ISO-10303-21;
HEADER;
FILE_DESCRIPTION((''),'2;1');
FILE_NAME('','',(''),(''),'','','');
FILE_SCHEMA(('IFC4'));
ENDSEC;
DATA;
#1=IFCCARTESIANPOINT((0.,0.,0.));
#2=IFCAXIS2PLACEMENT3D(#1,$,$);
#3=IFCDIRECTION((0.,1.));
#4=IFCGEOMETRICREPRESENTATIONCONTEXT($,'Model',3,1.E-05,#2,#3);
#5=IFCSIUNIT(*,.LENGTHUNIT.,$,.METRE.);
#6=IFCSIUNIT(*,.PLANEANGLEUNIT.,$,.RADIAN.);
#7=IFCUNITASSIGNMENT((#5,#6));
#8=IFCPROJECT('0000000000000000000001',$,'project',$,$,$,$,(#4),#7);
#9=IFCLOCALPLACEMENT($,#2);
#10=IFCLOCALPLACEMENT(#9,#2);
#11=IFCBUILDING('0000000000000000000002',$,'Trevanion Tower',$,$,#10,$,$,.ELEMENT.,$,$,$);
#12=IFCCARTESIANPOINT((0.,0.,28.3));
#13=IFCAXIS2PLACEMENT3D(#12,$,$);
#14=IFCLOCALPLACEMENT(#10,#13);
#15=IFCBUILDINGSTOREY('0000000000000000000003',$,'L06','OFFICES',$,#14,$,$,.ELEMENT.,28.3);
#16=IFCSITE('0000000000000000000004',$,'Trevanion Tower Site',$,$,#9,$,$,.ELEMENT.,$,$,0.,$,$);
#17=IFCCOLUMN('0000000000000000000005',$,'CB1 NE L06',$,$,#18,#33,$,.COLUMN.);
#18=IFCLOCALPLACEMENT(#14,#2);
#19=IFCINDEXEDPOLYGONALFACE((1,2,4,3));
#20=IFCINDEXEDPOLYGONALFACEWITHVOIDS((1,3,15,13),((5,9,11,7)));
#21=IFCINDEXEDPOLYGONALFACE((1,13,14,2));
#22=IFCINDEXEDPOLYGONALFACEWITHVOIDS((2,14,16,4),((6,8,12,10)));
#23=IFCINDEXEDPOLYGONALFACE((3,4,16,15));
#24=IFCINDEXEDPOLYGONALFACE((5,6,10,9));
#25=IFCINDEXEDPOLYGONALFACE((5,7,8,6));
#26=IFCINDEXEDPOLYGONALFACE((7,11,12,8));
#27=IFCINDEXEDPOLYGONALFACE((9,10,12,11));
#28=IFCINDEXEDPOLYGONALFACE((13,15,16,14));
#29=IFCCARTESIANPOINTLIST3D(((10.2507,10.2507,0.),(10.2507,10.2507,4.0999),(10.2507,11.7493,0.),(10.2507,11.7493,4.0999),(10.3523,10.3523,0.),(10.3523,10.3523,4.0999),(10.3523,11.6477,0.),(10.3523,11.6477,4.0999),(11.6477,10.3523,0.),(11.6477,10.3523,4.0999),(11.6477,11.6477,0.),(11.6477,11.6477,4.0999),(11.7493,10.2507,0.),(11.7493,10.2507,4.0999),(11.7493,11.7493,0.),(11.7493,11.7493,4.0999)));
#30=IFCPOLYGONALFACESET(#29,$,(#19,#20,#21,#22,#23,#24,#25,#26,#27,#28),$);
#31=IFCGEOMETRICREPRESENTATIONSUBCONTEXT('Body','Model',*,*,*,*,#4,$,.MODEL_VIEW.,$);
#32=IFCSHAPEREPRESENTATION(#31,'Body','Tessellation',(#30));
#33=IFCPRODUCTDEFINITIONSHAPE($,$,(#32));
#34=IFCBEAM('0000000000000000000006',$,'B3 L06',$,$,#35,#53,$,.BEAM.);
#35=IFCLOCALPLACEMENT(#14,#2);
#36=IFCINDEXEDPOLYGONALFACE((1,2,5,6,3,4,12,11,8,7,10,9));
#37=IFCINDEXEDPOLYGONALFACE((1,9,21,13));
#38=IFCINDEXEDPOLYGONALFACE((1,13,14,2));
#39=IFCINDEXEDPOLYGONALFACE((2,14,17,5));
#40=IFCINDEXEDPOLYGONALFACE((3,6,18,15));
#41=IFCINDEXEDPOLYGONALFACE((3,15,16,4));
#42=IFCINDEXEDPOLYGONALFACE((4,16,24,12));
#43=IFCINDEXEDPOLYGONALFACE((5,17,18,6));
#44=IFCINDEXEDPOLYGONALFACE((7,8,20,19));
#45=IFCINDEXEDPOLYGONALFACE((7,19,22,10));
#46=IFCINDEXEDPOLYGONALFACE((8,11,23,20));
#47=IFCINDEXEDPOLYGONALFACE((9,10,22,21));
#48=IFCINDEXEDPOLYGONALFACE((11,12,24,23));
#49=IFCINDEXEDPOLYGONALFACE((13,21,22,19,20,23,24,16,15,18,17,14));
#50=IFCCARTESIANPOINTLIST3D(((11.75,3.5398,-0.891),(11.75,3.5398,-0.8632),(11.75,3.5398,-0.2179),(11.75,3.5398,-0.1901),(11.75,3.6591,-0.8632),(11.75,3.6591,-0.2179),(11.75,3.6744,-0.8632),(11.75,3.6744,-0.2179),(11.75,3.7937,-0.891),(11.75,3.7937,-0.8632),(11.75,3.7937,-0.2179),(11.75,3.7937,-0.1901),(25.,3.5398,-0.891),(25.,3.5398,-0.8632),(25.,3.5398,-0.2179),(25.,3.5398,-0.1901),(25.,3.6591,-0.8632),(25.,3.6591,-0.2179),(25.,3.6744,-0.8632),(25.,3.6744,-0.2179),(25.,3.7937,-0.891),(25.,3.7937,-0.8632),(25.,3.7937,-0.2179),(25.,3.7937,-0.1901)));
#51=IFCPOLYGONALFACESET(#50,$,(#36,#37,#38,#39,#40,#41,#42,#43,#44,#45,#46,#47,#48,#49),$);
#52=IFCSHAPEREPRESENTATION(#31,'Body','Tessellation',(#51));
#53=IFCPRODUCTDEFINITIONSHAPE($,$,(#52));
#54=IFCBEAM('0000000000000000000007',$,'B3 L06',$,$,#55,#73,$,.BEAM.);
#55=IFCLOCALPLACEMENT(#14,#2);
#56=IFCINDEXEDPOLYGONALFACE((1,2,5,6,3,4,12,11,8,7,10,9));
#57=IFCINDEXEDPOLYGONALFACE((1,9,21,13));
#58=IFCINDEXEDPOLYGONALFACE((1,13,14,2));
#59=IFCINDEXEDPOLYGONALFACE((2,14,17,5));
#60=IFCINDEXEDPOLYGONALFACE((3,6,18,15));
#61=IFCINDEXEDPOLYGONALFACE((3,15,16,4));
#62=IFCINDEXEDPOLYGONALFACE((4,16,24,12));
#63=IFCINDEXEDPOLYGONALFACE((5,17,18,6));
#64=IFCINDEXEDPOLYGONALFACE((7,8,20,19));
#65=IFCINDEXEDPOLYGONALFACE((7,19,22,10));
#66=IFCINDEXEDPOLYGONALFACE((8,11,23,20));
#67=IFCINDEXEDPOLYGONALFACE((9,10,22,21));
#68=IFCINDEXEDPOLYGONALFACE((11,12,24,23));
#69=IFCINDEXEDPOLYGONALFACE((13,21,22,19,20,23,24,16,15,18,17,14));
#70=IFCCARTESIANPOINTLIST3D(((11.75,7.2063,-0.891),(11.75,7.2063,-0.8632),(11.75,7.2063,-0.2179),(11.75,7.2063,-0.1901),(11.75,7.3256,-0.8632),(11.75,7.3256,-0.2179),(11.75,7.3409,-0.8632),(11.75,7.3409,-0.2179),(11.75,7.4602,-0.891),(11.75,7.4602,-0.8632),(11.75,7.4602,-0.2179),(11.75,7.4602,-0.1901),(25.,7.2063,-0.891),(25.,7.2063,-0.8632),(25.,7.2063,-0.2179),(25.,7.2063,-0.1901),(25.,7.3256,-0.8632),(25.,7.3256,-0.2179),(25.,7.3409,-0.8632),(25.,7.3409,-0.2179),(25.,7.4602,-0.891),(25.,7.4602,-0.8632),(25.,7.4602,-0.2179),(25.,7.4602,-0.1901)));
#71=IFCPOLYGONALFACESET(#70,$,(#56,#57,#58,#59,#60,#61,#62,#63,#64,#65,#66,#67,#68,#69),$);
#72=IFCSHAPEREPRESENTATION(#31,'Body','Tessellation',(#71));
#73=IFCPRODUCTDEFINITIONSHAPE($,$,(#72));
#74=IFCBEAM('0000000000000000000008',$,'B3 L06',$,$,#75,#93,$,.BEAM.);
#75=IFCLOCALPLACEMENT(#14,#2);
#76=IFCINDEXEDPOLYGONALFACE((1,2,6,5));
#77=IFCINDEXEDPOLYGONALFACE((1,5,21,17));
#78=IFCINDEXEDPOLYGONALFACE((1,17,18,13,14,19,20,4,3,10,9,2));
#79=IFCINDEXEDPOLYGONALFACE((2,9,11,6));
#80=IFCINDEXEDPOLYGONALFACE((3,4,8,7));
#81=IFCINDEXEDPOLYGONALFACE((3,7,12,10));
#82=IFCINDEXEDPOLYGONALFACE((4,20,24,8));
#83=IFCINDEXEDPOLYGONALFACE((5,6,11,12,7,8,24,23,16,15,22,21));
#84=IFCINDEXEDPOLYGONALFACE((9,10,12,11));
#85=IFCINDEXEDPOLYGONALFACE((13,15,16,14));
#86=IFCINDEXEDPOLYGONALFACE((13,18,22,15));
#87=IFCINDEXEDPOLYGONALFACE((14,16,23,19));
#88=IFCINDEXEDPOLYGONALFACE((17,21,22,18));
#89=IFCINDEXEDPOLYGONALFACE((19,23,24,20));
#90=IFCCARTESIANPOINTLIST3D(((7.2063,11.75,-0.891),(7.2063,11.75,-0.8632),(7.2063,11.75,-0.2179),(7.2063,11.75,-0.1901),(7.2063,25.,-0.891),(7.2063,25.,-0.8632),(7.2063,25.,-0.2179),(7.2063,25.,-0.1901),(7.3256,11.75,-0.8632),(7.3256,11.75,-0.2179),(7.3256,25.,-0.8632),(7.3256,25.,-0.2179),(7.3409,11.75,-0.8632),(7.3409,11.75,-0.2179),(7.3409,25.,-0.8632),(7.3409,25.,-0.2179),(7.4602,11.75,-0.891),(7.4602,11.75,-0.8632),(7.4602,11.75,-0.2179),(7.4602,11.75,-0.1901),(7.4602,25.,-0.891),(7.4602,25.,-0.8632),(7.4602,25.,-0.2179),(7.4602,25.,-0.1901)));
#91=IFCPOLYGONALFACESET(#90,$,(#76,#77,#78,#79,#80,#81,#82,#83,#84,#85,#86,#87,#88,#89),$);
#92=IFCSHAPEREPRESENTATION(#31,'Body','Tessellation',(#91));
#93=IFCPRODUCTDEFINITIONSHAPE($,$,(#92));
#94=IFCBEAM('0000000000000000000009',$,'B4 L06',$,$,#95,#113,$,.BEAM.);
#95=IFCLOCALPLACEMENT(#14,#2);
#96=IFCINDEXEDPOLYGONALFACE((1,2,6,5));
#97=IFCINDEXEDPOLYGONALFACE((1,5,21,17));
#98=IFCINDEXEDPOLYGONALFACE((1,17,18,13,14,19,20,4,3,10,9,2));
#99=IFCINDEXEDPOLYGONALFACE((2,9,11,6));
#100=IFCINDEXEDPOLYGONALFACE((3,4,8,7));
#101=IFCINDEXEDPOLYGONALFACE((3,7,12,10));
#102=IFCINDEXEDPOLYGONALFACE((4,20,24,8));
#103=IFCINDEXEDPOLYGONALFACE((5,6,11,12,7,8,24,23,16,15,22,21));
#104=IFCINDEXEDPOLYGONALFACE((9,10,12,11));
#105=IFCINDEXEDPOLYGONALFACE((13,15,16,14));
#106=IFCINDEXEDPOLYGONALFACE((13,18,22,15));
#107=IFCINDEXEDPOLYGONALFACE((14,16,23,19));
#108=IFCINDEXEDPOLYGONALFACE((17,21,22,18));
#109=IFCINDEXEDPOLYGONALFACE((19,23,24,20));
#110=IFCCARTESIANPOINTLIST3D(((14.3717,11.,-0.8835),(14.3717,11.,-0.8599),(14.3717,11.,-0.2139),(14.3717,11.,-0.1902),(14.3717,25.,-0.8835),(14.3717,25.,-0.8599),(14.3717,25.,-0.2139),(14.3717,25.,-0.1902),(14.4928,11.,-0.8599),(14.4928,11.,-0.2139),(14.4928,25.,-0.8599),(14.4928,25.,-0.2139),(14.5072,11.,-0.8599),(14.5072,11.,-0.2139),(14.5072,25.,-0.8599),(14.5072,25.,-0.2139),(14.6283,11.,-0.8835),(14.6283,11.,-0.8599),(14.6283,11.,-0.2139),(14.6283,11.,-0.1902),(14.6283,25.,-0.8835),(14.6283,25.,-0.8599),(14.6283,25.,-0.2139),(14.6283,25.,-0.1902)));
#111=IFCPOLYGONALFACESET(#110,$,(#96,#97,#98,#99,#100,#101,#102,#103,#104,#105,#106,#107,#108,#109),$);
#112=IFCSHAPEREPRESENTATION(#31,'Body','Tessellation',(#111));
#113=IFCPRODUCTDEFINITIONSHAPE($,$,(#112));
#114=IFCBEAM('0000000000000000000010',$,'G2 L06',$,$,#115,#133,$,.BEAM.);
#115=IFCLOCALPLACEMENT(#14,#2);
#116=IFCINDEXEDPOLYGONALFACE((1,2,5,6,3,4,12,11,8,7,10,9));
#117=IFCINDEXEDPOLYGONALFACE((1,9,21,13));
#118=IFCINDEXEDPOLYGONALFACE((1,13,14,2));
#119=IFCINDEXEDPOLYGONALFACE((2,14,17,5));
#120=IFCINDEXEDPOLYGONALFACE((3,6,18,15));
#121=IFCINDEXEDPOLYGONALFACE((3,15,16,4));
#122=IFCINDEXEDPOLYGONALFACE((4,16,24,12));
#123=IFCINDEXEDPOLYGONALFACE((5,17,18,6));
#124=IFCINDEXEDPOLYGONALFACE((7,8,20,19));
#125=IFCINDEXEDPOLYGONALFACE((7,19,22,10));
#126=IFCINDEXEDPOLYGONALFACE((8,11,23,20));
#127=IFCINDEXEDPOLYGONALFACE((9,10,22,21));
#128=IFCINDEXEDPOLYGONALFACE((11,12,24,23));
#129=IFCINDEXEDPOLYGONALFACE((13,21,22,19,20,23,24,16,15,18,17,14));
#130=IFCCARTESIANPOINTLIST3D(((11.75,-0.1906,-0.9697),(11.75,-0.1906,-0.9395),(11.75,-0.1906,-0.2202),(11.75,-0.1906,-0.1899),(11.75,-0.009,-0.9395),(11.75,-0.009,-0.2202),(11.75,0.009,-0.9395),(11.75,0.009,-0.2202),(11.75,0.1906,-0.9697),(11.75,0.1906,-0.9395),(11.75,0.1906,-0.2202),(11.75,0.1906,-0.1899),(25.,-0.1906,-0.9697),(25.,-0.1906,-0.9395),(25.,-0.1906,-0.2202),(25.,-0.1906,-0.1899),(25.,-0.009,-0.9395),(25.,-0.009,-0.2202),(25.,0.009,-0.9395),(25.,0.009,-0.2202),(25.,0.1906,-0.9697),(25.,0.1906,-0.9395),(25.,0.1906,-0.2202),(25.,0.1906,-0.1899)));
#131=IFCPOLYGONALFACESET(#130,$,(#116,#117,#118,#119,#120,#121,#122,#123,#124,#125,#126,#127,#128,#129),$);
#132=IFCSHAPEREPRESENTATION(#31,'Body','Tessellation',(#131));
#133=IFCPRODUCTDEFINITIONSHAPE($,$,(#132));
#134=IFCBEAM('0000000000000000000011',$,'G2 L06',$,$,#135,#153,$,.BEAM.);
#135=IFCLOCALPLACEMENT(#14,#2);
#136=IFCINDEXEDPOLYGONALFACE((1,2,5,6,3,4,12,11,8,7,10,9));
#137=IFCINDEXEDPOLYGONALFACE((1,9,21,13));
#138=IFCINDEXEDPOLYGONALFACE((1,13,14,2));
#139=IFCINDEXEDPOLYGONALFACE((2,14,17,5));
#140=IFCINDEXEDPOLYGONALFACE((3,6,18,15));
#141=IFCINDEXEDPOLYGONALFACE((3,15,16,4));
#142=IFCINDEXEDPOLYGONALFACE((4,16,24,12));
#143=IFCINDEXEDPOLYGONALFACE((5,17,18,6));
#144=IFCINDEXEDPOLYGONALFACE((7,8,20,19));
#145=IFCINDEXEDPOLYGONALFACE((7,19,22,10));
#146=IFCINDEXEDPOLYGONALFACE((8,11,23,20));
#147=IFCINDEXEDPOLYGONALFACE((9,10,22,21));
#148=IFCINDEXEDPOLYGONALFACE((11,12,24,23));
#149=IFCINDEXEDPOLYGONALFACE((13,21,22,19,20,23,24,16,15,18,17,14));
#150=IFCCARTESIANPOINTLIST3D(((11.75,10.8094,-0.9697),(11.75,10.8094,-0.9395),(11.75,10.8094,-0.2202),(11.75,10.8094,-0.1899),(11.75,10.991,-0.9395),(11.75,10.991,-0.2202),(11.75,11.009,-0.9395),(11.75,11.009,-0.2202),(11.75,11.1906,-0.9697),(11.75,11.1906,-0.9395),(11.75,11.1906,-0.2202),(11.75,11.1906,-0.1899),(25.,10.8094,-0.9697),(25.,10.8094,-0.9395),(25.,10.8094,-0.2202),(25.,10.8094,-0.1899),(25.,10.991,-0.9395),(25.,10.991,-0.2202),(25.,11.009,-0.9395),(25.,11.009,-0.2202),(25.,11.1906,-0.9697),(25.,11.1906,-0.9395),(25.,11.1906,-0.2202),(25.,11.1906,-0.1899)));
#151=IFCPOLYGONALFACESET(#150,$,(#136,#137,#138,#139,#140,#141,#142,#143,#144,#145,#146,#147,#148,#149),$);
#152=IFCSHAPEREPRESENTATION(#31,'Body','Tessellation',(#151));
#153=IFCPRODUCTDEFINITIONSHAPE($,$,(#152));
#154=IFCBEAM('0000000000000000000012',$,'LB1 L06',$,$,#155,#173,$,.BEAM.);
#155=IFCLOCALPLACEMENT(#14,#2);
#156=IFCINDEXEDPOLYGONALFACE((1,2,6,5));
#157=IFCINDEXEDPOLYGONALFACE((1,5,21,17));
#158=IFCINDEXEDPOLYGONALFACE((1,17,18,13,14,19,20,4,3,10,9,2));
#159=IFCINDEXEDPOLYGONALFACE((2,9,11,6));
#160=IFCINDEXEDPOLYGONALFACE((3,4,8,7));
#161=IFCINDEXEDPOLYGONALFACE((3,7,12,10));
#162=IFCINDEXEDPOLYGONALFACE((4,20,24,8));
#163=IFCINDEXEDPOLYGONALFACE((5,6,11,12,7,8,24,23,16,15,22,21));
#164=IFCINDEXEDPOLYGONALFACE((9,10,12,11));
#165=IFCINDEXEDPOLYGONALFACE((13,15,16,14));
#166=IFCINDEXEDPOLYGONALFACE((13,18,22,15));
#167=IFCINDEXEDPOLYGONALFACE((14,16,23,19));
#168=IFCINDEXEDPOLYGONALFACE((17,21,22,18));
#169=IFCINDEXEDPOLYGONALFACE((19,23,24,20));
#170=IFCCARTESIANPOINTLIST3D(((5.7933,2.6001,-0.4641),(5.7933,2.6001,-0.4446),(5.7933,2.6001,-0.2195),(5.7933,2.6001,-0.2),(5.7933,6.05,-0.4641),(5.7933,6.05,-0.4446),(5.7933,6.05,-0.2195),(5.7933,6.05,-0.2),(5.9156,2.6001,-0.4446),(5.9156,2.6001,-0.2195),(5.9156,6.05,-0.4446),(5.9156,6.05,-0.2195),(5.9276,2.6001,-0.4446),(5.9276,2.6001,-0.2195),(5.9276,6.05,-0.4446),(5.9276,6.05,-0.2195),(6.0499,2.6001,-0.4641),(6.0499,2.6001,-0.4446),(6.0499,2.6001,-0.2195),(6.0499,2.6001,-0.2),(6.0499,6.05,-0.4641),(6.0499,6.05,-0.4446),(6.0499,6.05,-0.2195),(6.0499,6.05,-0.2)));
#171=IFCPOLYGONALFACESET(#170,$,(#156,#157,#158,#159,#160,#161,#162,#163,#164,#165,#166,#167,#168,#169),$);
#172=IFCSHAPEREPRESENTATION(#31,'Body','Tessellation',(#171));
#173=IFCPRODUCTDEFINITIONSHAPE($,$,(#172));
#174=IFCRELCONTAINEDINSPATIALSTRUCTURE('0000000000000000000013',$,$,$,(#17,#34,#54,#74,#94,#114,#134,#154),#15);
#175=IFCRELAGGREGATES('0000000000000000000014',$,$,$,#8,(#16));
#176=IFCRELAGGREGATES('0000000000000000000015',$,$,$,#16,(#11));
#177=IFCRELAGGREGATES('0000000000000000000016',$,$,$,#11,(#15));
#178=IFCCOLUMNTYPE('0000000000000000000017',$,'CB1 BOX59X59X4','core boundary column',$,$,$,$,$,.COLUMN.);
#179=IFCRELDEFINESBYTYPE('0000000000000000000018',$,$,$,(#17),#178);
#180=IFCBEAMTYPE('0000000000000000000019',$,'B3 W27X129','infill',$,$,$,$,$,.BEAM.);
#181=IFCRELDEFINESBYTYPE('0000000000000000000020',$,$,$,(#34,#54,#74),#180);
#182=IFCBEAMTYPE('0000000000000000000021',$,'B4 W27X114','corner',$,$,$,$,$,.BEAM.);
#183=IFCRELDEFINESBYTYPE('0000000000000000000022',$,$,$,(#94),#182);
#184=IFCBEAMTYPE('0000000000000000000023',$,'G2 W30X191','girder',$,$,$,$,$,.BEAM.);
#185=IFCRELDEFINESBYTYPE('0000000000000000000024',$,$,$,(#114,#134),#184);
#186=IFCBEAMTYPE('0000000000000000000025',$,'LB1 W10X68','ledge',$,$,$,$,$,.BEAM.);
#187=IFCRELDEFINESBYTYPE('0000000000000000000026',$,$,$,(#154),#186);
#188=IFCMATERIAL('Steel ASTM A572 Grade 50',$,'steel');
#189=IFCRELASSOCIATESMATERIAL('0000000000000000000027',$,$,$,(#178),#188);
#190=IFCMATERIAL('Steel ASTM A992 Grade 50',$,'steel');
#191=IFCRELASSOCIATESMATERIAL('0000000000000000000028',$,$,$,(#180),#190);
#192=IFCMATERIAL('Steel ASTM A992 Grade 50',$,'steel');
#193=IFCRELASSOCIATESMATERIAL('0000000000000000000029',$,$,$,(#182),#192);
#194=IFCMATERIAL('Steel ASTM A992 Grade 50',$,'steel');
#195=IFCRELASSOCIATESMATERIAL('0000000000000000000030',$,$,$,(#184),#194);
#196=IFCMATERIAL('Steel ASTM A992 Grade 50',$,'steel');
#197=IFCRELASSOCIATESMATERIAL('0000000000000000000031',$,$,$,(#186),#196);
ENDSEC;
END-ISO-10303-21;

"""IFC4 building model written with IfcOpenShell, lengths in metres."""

from ifc_helpers import new_model, si_unit, direction, frame, origin, origin_2d, place, context, subcontext, project, spatial, hollow_rectangle, i_section, extrude, material, material_profile, profile_set, type_object, element, save


model = new_model("IFC4")

# Units and contexts
model_context = context("Model", 3, precision=1e-05, world=origin(), true_north=direction((0.0, 1.0)))
body_context = subcontext(model_context, "Body", "Model", "MODEL_VIEW")
ifc_project = project(units=[si_unit("LENGTHUNIT", "METRE"), si_unit("PLANEANGLEUNIT", "RADIAN")], contexts=[model_context])

# Site, building, storey
site_placement = place(None, origin())
site = spatial("IfcSite", under=ifc_project, at=site_placement, Name="Trevanion Tower Site", CompositionType="ELEMENT", RefElevation=0.0)
building_placement = place(site_placement, origin())
building = spatial("IfcBuilding", under=site, at=building_placement, Name="Trevanion Tower", CompositionType="ELEMENT")
storey_placement = place(building_placement, frame((0.0, 0.0, 28.3)))
storey = spatial("IfcBuildingStorey", under=building, at=storey_placement, Name="L06", Description="OFFICES", CompositionType="ELEMENT", Elevation=28.3)

# Column
ifc_material_1 = material(Name="Steel ASTM A572 Grade 50", Category="steel")
ifc_material_profile_1 = material_profile(ifc_material_1, hollow_rectangle(XDim=1.4985, YDim=1.4985, WallThickness=0.1016, at=origin_2d()), Name="BOX59X59X4")
ifc_profile_set_1 = profile_set([ifc_material_profile_1], Name="Steel ASTM A572 Grade 50")
column_type = type_object("IfcColumnType", Name="CB1 BOX59X59X4", Description="core boundary column", PredefinedType="COLUMN", material=ifc_profile_set_1)
column_placement = place(storey_placement, frame((11.0, 11.0, 0.0), z_axis=(0.0, 0.0, 1.0), x_axis=(1.0, 0.0, 0.0)))
element("IfcColumn", 1, at=column_placement, inside=storey, type_object=column_type, Name="CB1 NE L06", PredefinedType="COLUMN", context=body_context, shape_type="SweptSolid", body=[
    extrude(hollow_rectangle(XDim=1.4985, YDim=1.4985, WallThickness=0.1016, at=origin_2d()), origin(), (0.0, 0.0, 1.0), 4.0999),
])

# Beams
ifc_material_2 = material(Name="Steel ASTM A992 Grade 50", Category="steel")
ifc_material_profile_2 = material_profile(ifc_material_2, i_section(OverallWidth=0.2539, OverallDepth=0.7009, WebThickness=0.0154, FlangeThickness=0.0278, at=origin_2d()), Name="W27X129")
ifc_profile_set_2 = profile_set([ifc_material_profile_2], Name="Steel ASTM A992 Grade 50")
beam_type_1 = type_object("IfcBeamType", Name="B3 W27X129", Description="infill", PredefinedType="BEAM", material=ifc_profile_set_2)
for number, where, z_axis, x_axis, name in (
    (2, (11.75, 3.6667, -0.5405), (1.0, 0.0, 0.0), (0.0, 1.0, 0.0), "B3 L06"),
    (3, (11.75, 7.3333, -0.5405), (1.0, 0.0, 0.0), (0.0, 1.0, 0.0), "B3 L06"),
    (4, (7.3333, 11.75, -0.5405), (0.0, 1.0, 0.0), (-1.0, 0.0, 0.0), "B3 L06"),
):
    element("IfcBeam", number, at=place(storey_placement, frame(where, z_axis=z_axis, x_axis=x_axis)), inside=storey, type_object=beam_type_1, Name=name, PredefinedType="BEAM", context=body_context, shape_type="SweptSolid", body=[
        extrude(i_section(OverallWidth=0.2539, OverallDepth=0.7009, WebThickness=0.0154, FlangeThickness=0.0278, at=origin_2d()), origin(), (0.0, 0.0, 1.0), 13.25),
    ])
ifc_material_3 = material(Name="Steel ASTM A992 Grade 50", Category="steel")
ifc_material_profile_3 = material_profile(ifc_material_3, i_section(OverallWidth=0.2566, OverallDepth=0.6934, WebThickness=0.0144, FlangeThickness=0.0237, at=origin_2d()), Name="W27X114")
ifc_profile_set_3 = profile_set([ifc_material_profile_3], Name="Steel ASTM A992 Grade 50")
beam_type_2 = type_object("IfcBeamType", Name="B4 W27X114", Description="corner", PredefinedType="BEAM", material=ifc_profile_set_3)
beam_1_placement = place(storey_placement, frame((14.5, 11.0, -0.5369), z_axis=(0.0, 1.0, 0.0), x_axis=(-1.0, 0.0, 0.0)))
element("IfcBeam", 5, at=beam_1_placement, inside=storey, type_object=beam_type_2, Name="B4 L06", PredefinedType="BEAM", context=body_context, shape_type="SweptSolid", body=[
    extrude(i_section(OverallWidth=0.2566, OverallDepth=0.6934, WebThickness=0.0144, FlangeThickness=0.0237, at=origin_2d()), origin(), (0.0, 0.0, 1.0), 14.0),
])
ifc_material_4 = material(Name="Steel ASTM A992 Grade 50", Category="steel")
ifc_material_profile_4 = material_profile(ifc_material_4, i_section(OverallWidth=0.3811, OverallDepth=0.7798, WebThickness=0.0181, FlangeThickness=0.0303, at=origin_2d()), Name="W30X191")
ifc_profile_set_4 = profile_set([ifc_material_profile_4], Name="Steel ASTM A992 Grade 50")
beam_type_3 = type_object("IfcBeamType", Name="G2 W30X191", Description="girder", PredefinedType="BEAM", material=ifc_profile_set_4)
for number, where, z_axis, x_axis, name in (
    (6, (11.75, 0.0, -0.5798), (1.0, 0.0, 0.0), (0.0, 1.0, 0.0), "G2 L06"),
    (7, (11.75, 11.0, -0.5798), (1.0, 0.0, 0.0), (0.0, 1.0, 0.0), "G2 L06"),
):
    element("IfcBeam", number, at=place(storey_placement, frame(where, z_axis=z_axis, x_axis=x_axis)), inside=storey, type_object=beam_type_3, Name=name, PredefinedType="BEAM", context=body_context, shape_type="SweptSolid", body=[
        extrude(i_section(OverallWidth=0.3811, OverallDepth=0.7798, WebThickness=0.0181, FlangeThickness=0.0303, at=origin_2d()), origin(), (0.0, 0.0, 1.0), 13.25),
    ])
ifc_material_5 = material(Name="Steel ASTM A992 Grade 50", Category="steel")
ifc_material_profile_5 = material_profile(ifc_material_5, i_section(OverallWidth=0.2566, OverallDepth=0.2642, WebThickness=0.012, FlangeThickness=0.0195, at=origin_2d()), Name="W10X68")
ifc_profile_set_5 = profile_set([ifc_material_profile_5], Name="Steel ASTM A992 Grade 50")
beam_type_4 = type_object("IfcBeamType", Name="LB1 W10X68", Description="ledge", PredefinedType="BEAM", material=ifc_profile_set_5)
beam_2_placement = place(storey_placement, frame((5.9216, 2.6001, -0.332), z_axis=(0.0, 1.0, 0.0), x_axis=(-1.0, 0.0, 0.0)))
element("IfcBeam", 8, at=beam_2_placement, inside=storey, type_object=beam_type_4, Name="LB1 L06", PredefinedType="BEAM", context=body_context, shape_type="SweptSolid", body=[
    extrude(i_section(OverallWidth=0.2566, OverallDepth=0.2642, WebThickness=0.012, FlangeThickness=0.0195, at=origin_2d()), origin(), (0.0, 0.0, 1.0), 3.45),
])

save(model, "model.ifc")
